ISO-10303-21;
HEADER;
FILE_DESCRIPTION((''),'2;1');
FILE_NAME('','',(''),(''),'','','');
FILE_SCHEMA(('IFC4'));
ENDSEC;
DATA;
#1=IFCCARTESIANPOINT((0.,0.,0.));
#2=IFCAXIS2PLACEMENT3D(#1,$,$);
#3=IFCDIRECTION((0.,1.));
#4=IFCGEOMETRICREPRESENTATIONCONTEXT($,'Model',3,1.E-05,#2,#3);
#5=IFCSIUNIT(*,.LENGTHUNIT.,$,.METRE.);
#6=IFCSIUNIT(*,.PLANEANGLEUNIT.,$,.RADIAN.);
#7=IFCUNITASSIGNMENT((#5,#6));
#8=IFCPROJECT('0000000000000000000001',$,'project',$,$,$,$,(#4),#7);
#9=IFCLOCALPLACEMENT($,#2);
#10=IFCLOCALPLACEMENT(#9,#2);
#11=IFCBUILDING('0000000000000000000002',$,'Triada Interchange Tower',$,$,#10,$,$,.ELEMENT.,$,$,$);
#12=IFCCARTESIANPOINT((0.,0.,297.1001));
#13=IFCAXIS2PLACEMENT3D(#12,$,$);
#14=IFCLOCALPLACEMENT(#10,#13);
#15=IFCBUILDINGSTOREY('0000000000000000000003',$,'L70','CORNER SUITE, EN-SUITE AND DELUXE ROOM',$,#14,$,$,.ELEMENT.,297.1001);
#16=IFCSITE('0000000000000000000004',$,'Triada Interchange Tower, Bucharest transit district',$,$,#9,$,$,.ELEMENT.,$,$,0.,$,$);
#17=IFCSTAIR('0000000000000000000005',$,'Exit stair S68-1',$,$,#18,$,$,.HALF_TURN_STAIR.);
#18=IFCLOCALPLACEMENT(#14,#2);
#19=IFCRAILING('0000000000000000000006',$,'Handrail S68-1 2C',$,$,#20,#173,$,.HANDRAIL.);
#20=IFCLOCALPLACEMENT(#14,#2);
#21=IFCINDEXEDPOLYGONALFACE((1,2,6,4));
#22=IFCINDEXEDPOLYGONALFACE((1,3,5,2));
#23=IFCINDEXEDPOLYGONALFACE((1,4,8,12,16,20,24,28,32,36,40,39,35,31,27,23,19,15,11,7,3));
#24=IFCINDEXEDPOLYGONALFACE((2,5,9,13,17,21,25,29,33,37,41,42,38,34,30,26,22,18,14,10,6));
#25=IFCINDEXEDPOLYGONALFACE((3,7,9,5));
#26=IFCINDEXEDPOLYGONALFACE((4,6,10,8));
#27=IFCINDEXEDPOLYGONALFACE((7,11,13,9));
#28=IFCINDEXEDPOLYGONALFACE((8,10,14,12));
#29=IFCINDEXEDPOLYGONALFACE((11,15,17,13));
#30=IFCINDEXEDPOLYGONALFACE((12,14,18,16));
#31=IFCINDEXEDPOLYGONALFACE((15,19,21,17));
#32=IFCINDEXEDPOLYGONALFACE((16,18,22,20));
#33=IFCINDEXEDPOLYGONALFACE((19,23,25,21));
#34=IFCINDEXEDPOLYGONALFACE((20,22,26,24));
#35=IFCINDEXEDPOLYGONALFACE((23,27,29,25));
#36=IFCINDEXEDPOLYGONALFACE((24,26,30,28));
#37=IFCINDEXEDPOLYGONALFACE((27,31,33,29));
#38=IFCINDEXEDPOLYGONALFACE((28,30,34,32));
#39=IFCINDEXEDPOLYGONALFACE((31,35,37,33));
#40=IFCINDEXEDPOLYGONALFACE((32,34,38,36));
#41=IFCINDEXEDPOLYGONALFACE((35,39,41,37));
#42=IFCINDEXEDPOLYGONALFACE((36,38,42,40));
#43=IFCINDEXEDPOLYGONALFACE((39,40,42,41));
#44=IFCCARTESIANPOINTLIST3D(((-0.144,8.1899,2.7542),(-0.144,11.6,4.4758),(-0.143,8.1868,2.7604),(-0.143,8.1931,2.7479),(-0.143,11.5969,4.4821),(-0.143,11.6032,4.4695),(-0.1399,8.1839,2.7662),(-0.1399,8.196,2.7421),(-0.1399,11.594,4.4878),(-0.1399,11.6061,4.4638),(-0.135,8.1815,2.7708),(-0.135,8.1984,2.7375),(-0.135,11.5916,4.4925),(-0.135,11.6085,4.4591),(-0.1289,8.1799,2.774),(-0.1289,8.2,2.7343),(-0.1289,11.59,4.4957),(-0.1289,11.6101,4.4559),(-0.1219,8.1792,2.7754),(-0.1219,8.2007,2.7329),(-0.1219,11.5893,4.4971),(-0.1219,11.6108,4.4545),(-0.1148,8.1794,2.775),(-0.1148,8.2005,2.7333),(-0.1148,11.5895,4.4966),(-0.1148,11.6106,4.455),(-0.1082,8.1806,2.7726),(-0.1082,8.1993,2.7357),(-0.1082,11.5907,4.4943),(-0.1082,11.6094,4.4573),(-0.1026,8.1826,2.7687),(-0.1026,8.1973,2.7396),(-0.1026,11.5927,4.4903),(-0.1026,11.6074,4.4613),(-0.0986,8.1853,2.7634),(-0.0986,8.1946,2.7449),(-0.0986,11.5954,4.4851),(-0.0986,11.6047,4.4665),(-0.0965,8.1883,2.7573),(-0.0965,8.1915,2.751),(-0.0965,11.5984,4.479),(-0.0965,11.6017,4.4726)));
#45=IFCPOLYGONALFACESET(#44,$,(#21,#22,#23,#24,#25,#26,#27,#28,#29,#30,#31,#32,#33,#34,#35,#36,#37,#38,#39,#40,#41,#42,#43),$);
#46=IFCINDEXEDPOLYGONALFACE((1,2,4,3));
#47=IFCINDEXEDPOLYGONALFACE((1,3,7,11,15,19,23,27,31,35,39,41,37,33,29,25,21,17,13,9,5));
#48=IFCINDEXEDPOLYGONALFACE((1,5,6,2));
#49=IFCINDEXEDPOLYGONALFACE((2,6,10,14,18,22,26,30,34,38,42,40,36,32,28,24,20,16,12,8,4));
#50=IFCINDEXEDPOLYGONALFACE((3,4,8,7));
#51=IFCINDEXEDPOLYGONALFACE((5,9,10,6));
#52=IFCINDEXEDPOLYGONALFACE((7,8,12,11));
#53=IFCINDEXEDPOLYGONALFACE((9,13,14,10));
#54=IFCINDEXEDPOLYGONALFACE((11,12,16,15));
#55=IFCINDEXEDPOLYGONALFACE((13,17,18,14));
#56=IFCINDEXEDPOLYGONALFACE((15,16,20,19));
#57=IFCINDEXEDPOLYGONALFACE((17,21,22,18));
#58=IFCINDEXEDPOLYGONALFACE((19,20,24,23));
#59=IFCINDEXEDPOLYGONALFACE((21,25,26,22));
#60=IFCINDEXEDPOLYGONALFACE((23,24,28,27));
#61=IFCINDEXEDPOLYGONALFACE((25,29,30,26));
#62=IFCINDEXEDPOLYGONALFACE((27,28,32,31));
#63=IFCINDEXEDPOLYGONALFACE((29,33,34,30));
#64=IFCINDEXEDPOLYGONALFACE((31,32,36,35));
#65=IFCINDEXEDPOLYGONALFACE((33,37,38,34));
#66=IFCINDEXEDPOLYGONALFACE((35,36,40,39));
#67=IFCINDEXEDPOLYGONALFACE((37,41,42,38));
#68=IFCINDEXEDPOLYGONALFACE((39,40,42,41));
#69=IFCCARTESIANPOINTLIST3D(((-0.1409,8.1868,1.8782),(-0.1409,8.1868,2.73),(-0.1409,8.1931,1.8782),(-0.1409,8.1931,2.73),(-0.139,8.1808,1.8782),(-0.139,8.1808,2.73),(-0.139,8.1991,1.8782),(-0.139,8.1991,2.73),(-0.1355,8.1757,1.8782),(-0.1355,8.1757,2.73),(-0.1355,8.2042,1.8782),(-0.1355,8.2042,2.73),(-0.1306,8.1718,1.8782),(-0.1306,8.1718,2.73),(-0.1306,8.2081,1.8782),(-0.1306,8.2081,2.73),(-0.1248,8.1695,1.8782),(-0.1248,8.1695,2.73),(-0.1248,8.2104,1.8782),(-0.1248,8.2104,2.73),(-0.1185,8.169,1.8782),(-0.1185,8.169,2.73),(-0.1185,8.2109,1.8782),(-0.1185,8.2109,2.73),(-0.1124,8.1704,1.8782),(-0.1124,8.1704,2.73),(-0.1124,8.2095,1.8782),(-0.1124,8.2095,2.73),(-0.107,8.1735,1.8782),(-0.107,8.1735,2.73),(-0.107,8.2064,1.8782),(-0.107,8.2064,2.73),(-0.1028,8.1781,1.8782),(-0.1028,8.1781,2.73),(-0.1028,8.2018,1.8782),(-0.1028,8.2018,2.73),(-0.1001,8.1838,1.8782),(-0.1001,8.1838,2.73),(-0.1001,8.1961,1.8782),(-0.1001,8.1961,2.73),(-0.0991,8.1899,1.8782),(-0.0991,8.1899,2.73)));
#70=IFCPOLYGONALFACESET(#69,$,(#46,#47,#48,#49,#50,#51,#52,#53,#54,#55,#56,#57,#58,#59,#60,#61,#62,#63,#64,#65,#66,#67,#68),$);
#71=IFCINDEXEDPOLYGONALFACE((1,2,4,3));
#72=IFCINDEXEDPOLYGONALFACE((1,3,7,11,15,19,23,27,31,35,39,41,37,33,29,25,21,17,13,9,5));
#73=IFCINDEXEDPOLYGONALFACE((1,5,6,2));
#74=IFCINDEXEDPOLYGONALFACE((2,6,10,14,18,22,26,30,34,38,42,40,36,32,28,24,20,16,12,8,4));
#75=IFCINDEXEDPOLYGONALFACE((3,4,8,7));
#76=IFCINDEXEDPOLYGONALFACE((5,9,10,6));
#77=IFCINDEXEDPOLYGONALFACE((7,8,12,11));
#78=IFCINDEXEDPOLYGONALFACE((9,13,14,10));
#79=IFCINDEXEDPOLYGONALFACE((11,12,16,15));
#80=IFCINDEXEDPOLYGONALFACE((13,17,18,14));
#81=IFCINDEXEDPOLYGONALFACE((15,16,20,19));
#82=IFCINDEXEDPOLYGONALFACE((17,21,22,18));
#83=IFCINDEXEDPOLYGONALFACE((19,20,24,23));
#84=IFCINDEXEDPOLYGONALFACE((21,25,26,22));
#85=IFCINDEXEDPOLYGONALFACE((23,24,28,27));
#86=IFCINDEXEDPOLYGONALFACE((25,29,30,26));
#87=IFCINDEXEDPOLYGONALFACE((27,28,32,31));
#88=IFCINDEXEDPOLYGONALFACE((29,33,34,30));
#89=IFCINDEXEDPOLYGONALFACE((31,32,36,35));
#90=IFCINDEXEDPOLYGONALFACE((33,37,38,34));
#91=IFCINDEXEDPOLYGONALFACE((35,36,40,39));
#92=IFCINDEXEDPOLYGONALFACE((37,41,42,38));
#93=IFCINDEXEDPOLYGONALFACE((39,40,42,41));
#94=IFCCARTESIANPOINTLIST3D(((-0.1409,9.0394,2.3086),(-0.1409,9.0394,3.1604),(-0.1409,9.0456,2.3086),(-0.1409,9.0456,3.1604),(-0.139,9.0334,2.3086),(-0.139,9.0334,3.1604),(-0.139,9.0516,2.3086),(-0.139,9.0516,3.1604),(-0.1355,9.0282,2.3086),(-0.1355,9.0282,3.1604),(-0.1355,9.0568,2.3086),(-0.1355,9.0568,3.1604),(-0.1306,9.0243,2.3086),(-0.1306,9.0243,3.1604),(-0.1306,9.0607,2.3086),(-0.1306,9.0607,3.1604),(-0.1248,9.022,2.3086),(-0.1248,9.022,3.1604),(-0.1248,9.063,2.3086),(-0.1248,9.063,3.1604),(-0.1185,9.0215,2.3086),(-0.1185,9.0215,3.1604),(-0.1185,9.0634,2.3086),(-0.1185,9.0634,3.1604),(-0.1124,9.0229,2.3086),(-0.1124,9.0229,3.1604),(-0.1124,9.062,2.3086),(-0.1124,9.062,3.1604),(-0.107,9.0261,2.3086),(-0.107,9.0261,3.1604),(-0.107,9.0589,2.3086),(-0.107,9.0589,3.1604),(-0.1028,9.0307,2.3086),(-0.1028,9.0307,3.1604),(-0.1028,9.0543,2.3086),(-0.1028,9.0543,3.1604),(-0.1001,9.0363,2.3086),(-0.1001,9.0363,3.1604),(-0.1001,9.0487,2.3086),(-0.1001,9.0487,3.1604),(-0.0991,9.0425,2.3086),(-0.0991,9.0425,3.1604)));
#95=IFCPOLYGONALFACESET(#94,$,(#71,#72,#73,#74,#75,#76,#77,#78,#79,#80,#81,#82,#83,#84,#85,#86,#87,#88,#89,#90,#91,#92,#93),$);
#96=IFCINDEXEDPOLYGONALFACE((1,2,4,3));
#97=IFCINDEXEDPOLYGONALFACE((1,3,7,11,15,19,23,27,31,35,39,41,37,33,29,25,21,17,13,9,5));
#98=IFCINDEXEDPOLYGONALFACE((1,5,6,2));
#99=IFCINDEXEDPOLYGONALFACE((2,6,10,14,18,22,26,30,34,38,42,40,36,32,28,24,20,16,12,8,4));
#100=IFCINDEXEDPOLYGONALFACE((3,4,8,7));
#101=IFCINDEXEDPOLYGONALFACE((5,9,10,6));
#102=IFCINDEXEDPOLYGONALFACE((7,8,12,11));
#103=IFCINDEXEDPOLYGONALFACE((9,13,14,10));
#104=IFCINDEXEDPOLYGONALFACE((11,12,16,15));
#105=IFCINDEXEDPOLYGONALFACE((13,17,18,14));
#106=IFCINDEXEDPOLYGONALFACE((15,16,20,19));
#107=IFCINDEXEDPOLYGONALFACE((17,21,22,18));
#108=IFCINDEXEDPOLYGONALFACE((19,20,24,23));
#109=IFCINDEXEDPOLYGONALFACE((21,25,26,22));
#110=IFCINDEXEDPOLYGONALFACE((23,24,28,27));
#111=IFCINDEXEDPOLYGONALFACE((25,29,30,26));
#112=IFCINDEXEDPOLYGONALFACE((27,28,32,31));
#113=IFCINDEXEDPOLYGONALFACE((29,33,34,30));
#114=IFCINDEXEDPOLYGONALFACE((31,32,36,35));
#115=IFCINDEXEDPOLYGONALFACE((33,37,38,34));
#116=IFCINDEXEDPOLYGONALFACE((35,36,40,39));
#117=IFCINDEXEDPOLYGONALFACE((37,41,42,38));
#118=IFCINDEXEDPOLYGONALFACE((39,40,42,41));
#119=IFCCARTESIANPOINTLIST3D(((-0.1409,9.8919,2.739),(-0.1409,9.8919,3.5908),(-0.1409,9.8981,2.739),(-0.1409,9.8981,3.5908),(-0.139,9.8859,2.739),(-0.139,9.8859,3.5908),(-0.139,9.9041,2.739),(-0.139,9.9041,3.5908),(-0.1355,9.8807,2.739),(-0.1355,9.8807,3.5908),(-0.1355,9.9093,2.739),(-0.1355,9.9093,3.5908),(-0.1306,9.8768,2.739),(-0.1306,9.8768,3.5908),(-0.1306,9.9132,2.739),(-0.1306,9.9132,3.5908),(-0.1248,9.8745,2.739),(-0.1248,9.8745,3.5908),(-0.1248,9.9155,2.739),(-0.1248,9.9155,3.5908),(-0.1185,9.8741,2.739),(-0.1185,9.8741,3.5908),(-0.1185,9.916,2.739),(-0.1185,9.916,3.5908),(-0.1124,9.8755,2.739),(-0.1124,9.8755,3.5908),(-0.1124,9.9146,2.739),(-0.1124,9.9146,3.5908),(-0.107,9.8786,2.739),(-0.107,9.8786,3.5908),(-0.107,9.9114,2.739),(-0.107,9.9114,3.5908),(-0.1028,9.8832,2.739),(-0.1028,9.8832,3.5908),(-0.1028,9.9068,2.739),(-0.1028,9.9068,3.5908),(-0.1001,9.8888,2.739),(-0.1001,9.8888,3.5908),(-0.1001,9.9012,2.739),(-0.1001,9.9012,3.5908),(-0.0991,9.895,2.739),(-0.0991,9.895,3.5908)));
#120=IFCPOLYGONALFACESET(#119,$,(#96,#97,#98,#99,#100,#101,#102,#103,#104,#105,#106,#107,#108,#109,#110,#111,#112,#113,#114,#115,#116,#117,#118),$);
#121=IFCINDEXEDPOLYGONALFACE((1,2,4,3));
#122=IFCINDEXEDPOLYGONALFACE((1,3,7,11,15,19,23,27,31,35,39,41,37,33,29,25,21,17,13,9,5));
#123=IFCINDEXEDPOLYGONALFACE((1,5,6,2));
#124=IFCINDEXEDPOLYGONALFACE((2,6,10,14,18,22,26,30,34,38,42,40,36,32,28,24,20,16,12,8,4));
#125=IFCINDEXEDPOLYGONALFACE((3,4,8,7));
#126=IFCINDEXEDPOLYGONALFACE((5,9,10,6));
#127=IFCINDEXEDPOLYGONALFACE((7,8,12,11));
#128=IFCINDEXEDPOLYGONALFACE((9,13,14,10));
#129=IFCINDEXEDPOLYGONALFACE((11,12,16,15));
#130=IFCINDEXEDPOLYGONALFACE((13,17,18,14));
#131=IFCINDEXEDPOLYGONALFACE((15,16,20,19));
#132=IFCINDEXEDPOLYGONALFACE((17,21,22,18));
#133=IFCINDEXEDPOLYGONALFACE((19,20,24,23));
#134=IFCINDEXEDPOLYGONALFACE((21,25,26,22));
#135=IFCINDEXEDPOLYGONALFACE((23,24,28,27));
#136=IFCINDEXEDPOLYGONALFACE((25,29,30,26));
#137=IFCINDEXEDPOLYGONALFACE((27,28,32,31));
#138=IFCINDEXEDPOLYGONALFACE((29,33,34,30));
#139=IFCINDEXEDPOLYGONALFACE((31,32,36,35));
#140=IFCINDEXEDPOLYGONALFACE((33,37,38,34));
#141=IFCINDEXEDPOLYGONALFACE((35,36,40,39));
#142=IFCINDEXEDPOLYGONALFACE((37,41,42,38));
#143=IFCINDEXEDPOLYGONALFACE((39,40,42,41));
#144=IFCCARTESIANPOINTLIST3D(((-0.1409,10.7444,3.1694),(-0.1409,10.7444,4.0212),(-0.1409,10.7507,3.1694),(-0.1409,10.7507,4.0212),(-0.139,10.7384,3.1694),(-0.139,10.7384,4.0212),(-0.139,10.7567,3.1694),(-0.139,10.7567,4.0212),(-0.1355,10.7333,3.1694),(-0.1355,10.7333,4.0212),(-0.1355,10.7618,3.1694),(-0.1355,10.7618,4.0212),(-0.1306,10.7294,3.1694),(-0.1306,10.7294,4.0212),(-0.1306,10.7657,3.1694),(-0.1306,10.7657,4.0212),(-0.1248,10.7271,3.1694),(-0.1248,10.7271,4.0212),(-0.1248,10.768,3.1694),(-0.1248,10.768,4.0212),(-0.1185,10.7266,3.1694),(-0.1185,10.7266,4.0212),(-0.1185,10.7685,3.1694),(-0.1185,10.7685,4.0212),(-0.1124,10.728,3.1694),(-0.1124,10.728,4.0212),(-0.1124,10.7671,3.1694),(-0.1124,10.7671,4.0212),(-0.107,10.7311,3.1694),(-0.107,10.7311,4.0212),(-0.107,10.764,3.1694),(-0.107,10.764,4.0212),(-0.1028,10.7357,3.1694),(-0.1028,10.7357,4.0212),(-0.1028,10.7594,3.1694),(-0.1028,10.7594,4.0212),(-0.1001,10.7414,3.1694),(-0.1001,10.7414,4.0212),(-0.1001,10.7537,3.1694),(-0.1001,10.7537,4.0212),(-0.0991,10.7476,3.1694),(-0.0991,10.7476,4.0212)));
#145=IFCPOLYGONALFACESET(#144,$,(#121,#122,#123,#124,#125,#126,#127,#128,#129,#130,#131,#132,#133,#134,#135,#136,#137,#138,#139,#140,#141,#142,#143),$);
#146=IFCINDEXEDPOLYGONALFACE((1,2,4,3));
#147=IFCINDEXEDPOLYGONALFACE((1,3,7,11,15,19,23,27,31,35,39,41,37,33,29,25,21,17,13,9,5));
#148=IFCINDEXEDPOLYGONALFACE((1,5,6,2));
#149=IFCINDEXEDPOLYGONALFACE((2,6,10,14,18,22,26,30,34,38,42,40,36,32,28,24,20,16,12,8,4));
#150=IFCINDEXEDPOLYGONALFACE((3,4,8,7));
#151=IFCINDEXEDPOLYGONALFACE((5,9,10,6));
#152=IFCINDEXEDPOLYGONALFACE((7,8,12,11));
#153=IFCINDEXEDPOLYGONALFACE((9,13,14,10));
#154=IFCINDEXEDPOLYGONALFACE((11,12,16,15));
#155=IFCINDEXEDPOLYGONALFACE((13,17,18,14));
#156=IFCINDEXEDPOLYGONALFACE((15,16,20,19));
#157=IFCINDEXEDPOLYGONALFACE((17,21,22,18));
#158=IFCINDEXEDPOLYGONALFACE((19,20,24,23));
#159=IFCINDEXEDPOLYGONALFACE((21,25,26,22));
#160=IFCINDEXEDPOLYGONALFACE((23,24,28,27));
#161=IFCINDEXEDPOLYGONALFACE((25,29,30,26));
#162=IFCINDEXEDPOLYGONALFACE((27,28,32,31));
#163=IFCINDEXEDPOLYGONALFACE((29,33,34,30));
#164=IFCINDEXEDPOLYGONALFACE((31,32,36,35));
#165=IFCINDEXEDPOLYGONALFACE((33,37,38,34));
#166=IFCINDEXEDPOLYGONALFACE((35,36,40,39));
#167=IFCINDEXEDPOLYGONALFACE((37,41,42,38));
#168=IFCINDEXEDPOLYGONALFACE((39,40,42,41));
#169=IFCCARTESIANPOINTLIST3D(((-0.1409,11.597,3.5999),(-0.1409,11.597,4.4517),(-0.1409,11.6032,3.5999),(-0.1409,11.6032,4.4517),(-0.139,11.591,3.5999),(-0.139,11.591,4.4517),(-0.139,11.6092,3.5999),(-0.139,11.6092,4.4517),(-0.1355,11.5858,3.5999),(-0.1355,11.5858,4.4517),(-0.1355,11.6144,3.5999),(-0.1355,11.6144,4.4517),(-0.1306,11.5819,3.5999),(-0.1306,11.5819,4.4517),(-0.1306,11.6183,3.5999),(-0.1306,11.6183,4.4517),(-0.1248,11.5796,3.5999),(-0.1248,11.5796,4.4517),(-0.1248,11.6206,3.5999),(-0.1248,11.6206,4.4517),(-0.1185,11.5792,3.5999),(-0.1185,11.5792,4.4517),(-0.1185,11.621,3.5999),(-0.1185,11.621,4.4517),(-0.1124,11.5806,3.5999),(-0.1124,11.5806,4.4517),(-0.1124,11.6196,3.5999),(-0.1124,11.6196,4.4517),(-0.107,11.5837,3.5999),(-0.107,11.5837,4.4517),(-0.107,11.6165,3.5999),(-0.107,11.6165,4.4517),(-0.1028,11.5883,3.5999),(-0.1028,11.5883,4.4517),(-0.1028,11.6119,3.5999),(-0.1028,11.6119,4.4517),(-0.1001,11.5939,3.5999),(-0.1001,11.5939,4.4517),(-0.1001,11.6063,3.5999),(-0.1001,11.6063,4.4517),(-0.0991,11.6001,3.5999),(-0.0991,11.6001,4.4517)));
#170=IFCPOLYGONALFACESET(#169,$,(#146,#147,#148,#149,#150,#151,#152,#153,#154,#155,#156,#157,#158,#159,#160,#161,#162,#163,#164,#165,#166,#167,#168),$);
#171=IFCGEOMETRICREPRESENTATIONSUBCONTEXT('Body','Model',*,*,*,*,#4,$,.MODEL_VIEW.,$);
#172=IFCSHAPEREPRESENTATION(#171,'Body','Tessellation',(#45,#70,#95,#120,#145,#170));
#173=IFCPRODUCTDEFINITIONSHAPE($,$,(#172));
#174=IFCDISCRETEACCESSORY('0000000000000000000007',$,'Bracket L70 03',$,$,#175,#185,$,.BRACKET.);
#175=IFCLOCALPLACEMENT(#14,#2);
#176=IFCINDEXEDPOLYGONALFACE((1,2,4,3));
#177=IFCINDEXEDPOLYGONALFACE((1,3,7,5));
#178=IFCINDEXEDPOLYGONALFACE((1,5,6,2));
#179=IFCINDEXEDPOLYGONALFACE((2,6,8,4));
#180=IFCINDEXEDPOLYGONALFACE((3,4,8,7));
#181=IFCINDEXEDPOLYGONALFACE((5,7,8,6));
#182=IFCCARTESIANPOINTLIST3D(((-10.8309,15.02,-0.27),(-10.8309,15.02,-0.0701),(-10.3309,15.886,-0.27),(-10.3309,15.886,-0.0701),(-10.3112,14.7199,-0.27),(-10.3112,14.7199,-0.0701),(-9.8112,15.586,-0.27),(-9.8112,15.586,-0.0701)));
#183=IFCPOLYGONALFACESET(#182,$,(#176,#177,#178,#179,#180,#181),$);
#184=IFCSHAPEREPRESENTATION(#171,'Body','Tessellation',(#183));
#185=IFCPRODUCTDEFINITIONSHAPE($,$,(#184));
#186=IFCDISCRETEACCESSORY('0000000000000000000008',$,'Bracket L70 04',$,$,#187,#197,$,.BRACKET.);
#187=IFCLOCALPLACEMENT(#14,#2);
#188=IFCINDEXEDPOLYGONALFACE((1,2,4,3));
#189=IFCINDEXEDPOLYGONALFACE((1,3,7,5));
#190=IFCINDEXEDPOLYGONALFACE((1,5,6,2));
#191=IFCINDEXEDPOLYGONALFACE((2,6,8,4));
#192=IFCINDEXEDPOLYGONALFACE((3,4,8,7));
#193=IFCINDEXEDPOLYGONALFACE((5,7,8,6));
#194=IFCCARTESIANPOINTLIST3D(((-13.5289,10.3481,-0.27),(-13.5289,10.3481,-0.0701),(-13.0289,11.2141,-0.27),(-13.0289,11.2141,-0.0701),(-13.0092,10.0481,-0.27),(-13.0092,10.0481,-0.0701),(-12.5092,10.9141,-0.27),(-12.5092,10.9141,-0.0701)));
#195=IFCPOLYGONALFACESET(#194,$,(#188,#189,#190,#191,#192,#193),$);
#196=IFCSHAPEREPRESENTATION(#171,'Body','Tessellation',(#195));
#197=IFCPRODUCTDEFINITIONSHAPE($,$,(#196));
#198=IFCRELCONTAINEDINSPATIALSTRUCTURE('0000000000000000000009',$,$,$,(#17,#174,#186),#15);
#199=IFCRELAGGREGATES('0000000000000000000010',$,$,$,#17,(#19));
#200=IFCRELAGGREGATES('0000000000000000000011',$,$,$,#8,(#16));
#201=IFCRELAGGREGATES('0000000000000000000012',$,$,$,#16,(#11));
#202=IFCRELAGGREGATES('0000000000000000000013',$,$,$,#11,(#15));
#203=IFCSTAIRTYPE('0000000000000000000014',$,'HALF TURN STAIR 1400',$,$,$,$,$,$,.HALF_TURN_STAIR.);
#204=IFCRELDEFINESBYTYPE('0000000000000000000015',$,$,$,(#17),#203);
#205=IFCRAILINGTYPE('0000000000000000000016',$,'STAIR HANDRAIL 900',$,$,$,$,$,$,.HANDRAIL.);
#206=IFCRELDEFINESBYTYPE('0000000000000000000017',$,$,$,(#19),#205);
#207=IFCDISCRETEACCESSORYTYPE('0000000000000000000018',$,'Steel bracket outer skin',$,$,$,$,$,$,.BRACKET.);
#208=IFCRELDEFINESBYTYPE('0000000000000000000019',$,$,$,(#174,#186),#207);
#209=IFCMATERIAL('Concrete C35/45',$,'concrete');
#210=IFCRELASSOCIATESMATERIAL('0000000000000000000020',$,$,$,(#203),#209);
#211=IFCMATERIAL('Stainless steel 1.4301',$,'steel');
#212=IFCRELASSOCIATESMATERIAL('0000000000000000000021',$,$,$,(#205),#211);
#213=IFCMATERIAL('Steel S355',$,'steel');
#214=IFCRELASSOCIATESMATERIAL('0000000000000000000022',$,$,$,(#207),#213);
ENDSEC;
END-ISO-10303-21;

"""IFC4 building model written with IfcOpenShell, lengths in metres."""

from ifc_helpers import new_model, si_unit, direction, frame, origin, origin_2d, place, context, subcontext, project, spatial, rectangle, circle, extrude, material, type_object, element, aggregate, save


model = new_model("IFC4")

# Units and contexts
model_context = context("Model", 3, precision=1e-05, world=origin(), true_north=direction((0.0, 1.0)))
body_context = subcontext(model_context, "Body", "Model", "MODEL_VIEW")
ifc_project = project(units=[si_unit("LENGTHUNIT", "METRE"), si_unit("PLANEANGLEUNIT", "RADIAN")], contexts=[model_context])

# Site, building, storey
site_placement = place(None, origin())
site = spatial("IfcSite", under=ifc_project, at=site_placement, Name="Triada Interchange Tower, Bucharest transit district", CompositionType="ELEMENT", RefElevation=0.0)
building_placement = place(site_placement, origin())
building = spatial("IfcBuilding", under=site, at=building_placement, Name="Triada Interchange Tower", CompositionType="ELEMENT")
storey_placement = place(building_placement, frame((0.0, 0.0, 297.1001)))
storey = spatial("IfcBuildingStorey", under=building, at=storey_placement, Name="L70", Description="CORNER SUITE, EN-SUITE AND DELUXE ROOM", CompositionType="ELEMENT", Elevation=297.1001)

# Stair
ifc_material_1 = material(Name="Concrete C35/45", Category="concrete")
stair_type = type_object("IfcStairType", Name="HALF TURN STAIR 1400", PredefinedType="HALF_TURN_STAIR", material=ifc_material_1)
stair_placement = place(storey_placement, origin())
stair = element("IfcStair", 1, at=stair_placement, inside=storey, type_object=stair_type, Name="Exit stair S68-1", PredefinedType="HALF_TURN_STAIR")

# Railing
ifc_material_2 = material(Name="Stainless steel 1.4301", Category="steel")
railing_type = type_object("IfcRailingType", Name="STAIR HANDRAIL 900", PredefinedType="HANDRAIL", material=ifc_material_2)
railing_1_placement = place(storey_placement, frame((-0.1201, 8.1899, 1.8782)))
railing_1 = element("IfcRailing", 2, at=railing_1_placement, type_object=railing_type, Name="Handrail S68-1 2C", PredefinedType="HANDRAIL", context=body_context, shape_type="SweptSolid", body=[
    extrude(circle(Radius=0.0239, at=origin_2d()), frame((0.0, 0.0, 0.876), z_axis=(0.0, 0.892682, 0.450687), x_axis=(-1.0, 0.0, 0.0)), (0.0, 0.0, 1.0), 3.8201),
    extrude(circle(Radius=0.021, at=origin_2d()), origin(), (0.0, 0.0, 1.0), 0.8518),
    extrude(circle(Radius=0.021, at=origin_2d()), frame((0.0, 0.8525, 0.4304)), (0.0, 0.0, 1.0), 0.8518),
    extrude(circle(Radius=0.021, at=origin_2d()), frame((0.0, 1.7051, 0.8608)), (0.0, 0.0, 1.0), 0.8518),
    extrude(circle(Radius=0.021, at=origin_2d()), frame((0.0, 2.5576, 1.2913)), (0.0, 0.0, 1.0), 0.8518),
    extrude(circle(Radius=0.021, at=origin_2d()), frame((0.0, 3.4102, 1.7217)), (0.0, 0.0, 1.0), 0.8518),
])
aggregate(stair, [railing_1])

# Discrete accessories
ifc_material_3 = material(Name="Steel S355", Category="steel")
discrete_accessory_type = type_object("IfcDiscreteAccessoryType", Name="Steel bracket outer skin", PredefinedType="BRACKET", material=ifc_material_3)
for number, where, z_axis, x_axis, name in (
    (3, (-10.321, 15.303, -0.27), (0.0, 0.0, 1.0), (-0.866023, 0.500004, 0.0), "Bracket L70 03"),
    (4, (-13.019, 10.6311, -0.27), (0.0, 0.0, 1.0), (-0.866023, 0.500004, 0.0), "Bracket L70 04"),
):
    element("IfcDiscreteAccessory", number, at=place(storey_placement, frame(where, z_axis=z_axis, x_axis=x_axis)), inside=storey, type_object=discrete_accessory_type, Name=name, PredefinedType="BRACKET", context=body_context, shape_type="SweptSolid", body=[
        extrude(rectangle(XDim=0.6001, YDim=1.0, at=origin_2d()), origin(), (0.0, 0.0, 1.0), 0.2),
    ])

save(model, "model.ifc")
